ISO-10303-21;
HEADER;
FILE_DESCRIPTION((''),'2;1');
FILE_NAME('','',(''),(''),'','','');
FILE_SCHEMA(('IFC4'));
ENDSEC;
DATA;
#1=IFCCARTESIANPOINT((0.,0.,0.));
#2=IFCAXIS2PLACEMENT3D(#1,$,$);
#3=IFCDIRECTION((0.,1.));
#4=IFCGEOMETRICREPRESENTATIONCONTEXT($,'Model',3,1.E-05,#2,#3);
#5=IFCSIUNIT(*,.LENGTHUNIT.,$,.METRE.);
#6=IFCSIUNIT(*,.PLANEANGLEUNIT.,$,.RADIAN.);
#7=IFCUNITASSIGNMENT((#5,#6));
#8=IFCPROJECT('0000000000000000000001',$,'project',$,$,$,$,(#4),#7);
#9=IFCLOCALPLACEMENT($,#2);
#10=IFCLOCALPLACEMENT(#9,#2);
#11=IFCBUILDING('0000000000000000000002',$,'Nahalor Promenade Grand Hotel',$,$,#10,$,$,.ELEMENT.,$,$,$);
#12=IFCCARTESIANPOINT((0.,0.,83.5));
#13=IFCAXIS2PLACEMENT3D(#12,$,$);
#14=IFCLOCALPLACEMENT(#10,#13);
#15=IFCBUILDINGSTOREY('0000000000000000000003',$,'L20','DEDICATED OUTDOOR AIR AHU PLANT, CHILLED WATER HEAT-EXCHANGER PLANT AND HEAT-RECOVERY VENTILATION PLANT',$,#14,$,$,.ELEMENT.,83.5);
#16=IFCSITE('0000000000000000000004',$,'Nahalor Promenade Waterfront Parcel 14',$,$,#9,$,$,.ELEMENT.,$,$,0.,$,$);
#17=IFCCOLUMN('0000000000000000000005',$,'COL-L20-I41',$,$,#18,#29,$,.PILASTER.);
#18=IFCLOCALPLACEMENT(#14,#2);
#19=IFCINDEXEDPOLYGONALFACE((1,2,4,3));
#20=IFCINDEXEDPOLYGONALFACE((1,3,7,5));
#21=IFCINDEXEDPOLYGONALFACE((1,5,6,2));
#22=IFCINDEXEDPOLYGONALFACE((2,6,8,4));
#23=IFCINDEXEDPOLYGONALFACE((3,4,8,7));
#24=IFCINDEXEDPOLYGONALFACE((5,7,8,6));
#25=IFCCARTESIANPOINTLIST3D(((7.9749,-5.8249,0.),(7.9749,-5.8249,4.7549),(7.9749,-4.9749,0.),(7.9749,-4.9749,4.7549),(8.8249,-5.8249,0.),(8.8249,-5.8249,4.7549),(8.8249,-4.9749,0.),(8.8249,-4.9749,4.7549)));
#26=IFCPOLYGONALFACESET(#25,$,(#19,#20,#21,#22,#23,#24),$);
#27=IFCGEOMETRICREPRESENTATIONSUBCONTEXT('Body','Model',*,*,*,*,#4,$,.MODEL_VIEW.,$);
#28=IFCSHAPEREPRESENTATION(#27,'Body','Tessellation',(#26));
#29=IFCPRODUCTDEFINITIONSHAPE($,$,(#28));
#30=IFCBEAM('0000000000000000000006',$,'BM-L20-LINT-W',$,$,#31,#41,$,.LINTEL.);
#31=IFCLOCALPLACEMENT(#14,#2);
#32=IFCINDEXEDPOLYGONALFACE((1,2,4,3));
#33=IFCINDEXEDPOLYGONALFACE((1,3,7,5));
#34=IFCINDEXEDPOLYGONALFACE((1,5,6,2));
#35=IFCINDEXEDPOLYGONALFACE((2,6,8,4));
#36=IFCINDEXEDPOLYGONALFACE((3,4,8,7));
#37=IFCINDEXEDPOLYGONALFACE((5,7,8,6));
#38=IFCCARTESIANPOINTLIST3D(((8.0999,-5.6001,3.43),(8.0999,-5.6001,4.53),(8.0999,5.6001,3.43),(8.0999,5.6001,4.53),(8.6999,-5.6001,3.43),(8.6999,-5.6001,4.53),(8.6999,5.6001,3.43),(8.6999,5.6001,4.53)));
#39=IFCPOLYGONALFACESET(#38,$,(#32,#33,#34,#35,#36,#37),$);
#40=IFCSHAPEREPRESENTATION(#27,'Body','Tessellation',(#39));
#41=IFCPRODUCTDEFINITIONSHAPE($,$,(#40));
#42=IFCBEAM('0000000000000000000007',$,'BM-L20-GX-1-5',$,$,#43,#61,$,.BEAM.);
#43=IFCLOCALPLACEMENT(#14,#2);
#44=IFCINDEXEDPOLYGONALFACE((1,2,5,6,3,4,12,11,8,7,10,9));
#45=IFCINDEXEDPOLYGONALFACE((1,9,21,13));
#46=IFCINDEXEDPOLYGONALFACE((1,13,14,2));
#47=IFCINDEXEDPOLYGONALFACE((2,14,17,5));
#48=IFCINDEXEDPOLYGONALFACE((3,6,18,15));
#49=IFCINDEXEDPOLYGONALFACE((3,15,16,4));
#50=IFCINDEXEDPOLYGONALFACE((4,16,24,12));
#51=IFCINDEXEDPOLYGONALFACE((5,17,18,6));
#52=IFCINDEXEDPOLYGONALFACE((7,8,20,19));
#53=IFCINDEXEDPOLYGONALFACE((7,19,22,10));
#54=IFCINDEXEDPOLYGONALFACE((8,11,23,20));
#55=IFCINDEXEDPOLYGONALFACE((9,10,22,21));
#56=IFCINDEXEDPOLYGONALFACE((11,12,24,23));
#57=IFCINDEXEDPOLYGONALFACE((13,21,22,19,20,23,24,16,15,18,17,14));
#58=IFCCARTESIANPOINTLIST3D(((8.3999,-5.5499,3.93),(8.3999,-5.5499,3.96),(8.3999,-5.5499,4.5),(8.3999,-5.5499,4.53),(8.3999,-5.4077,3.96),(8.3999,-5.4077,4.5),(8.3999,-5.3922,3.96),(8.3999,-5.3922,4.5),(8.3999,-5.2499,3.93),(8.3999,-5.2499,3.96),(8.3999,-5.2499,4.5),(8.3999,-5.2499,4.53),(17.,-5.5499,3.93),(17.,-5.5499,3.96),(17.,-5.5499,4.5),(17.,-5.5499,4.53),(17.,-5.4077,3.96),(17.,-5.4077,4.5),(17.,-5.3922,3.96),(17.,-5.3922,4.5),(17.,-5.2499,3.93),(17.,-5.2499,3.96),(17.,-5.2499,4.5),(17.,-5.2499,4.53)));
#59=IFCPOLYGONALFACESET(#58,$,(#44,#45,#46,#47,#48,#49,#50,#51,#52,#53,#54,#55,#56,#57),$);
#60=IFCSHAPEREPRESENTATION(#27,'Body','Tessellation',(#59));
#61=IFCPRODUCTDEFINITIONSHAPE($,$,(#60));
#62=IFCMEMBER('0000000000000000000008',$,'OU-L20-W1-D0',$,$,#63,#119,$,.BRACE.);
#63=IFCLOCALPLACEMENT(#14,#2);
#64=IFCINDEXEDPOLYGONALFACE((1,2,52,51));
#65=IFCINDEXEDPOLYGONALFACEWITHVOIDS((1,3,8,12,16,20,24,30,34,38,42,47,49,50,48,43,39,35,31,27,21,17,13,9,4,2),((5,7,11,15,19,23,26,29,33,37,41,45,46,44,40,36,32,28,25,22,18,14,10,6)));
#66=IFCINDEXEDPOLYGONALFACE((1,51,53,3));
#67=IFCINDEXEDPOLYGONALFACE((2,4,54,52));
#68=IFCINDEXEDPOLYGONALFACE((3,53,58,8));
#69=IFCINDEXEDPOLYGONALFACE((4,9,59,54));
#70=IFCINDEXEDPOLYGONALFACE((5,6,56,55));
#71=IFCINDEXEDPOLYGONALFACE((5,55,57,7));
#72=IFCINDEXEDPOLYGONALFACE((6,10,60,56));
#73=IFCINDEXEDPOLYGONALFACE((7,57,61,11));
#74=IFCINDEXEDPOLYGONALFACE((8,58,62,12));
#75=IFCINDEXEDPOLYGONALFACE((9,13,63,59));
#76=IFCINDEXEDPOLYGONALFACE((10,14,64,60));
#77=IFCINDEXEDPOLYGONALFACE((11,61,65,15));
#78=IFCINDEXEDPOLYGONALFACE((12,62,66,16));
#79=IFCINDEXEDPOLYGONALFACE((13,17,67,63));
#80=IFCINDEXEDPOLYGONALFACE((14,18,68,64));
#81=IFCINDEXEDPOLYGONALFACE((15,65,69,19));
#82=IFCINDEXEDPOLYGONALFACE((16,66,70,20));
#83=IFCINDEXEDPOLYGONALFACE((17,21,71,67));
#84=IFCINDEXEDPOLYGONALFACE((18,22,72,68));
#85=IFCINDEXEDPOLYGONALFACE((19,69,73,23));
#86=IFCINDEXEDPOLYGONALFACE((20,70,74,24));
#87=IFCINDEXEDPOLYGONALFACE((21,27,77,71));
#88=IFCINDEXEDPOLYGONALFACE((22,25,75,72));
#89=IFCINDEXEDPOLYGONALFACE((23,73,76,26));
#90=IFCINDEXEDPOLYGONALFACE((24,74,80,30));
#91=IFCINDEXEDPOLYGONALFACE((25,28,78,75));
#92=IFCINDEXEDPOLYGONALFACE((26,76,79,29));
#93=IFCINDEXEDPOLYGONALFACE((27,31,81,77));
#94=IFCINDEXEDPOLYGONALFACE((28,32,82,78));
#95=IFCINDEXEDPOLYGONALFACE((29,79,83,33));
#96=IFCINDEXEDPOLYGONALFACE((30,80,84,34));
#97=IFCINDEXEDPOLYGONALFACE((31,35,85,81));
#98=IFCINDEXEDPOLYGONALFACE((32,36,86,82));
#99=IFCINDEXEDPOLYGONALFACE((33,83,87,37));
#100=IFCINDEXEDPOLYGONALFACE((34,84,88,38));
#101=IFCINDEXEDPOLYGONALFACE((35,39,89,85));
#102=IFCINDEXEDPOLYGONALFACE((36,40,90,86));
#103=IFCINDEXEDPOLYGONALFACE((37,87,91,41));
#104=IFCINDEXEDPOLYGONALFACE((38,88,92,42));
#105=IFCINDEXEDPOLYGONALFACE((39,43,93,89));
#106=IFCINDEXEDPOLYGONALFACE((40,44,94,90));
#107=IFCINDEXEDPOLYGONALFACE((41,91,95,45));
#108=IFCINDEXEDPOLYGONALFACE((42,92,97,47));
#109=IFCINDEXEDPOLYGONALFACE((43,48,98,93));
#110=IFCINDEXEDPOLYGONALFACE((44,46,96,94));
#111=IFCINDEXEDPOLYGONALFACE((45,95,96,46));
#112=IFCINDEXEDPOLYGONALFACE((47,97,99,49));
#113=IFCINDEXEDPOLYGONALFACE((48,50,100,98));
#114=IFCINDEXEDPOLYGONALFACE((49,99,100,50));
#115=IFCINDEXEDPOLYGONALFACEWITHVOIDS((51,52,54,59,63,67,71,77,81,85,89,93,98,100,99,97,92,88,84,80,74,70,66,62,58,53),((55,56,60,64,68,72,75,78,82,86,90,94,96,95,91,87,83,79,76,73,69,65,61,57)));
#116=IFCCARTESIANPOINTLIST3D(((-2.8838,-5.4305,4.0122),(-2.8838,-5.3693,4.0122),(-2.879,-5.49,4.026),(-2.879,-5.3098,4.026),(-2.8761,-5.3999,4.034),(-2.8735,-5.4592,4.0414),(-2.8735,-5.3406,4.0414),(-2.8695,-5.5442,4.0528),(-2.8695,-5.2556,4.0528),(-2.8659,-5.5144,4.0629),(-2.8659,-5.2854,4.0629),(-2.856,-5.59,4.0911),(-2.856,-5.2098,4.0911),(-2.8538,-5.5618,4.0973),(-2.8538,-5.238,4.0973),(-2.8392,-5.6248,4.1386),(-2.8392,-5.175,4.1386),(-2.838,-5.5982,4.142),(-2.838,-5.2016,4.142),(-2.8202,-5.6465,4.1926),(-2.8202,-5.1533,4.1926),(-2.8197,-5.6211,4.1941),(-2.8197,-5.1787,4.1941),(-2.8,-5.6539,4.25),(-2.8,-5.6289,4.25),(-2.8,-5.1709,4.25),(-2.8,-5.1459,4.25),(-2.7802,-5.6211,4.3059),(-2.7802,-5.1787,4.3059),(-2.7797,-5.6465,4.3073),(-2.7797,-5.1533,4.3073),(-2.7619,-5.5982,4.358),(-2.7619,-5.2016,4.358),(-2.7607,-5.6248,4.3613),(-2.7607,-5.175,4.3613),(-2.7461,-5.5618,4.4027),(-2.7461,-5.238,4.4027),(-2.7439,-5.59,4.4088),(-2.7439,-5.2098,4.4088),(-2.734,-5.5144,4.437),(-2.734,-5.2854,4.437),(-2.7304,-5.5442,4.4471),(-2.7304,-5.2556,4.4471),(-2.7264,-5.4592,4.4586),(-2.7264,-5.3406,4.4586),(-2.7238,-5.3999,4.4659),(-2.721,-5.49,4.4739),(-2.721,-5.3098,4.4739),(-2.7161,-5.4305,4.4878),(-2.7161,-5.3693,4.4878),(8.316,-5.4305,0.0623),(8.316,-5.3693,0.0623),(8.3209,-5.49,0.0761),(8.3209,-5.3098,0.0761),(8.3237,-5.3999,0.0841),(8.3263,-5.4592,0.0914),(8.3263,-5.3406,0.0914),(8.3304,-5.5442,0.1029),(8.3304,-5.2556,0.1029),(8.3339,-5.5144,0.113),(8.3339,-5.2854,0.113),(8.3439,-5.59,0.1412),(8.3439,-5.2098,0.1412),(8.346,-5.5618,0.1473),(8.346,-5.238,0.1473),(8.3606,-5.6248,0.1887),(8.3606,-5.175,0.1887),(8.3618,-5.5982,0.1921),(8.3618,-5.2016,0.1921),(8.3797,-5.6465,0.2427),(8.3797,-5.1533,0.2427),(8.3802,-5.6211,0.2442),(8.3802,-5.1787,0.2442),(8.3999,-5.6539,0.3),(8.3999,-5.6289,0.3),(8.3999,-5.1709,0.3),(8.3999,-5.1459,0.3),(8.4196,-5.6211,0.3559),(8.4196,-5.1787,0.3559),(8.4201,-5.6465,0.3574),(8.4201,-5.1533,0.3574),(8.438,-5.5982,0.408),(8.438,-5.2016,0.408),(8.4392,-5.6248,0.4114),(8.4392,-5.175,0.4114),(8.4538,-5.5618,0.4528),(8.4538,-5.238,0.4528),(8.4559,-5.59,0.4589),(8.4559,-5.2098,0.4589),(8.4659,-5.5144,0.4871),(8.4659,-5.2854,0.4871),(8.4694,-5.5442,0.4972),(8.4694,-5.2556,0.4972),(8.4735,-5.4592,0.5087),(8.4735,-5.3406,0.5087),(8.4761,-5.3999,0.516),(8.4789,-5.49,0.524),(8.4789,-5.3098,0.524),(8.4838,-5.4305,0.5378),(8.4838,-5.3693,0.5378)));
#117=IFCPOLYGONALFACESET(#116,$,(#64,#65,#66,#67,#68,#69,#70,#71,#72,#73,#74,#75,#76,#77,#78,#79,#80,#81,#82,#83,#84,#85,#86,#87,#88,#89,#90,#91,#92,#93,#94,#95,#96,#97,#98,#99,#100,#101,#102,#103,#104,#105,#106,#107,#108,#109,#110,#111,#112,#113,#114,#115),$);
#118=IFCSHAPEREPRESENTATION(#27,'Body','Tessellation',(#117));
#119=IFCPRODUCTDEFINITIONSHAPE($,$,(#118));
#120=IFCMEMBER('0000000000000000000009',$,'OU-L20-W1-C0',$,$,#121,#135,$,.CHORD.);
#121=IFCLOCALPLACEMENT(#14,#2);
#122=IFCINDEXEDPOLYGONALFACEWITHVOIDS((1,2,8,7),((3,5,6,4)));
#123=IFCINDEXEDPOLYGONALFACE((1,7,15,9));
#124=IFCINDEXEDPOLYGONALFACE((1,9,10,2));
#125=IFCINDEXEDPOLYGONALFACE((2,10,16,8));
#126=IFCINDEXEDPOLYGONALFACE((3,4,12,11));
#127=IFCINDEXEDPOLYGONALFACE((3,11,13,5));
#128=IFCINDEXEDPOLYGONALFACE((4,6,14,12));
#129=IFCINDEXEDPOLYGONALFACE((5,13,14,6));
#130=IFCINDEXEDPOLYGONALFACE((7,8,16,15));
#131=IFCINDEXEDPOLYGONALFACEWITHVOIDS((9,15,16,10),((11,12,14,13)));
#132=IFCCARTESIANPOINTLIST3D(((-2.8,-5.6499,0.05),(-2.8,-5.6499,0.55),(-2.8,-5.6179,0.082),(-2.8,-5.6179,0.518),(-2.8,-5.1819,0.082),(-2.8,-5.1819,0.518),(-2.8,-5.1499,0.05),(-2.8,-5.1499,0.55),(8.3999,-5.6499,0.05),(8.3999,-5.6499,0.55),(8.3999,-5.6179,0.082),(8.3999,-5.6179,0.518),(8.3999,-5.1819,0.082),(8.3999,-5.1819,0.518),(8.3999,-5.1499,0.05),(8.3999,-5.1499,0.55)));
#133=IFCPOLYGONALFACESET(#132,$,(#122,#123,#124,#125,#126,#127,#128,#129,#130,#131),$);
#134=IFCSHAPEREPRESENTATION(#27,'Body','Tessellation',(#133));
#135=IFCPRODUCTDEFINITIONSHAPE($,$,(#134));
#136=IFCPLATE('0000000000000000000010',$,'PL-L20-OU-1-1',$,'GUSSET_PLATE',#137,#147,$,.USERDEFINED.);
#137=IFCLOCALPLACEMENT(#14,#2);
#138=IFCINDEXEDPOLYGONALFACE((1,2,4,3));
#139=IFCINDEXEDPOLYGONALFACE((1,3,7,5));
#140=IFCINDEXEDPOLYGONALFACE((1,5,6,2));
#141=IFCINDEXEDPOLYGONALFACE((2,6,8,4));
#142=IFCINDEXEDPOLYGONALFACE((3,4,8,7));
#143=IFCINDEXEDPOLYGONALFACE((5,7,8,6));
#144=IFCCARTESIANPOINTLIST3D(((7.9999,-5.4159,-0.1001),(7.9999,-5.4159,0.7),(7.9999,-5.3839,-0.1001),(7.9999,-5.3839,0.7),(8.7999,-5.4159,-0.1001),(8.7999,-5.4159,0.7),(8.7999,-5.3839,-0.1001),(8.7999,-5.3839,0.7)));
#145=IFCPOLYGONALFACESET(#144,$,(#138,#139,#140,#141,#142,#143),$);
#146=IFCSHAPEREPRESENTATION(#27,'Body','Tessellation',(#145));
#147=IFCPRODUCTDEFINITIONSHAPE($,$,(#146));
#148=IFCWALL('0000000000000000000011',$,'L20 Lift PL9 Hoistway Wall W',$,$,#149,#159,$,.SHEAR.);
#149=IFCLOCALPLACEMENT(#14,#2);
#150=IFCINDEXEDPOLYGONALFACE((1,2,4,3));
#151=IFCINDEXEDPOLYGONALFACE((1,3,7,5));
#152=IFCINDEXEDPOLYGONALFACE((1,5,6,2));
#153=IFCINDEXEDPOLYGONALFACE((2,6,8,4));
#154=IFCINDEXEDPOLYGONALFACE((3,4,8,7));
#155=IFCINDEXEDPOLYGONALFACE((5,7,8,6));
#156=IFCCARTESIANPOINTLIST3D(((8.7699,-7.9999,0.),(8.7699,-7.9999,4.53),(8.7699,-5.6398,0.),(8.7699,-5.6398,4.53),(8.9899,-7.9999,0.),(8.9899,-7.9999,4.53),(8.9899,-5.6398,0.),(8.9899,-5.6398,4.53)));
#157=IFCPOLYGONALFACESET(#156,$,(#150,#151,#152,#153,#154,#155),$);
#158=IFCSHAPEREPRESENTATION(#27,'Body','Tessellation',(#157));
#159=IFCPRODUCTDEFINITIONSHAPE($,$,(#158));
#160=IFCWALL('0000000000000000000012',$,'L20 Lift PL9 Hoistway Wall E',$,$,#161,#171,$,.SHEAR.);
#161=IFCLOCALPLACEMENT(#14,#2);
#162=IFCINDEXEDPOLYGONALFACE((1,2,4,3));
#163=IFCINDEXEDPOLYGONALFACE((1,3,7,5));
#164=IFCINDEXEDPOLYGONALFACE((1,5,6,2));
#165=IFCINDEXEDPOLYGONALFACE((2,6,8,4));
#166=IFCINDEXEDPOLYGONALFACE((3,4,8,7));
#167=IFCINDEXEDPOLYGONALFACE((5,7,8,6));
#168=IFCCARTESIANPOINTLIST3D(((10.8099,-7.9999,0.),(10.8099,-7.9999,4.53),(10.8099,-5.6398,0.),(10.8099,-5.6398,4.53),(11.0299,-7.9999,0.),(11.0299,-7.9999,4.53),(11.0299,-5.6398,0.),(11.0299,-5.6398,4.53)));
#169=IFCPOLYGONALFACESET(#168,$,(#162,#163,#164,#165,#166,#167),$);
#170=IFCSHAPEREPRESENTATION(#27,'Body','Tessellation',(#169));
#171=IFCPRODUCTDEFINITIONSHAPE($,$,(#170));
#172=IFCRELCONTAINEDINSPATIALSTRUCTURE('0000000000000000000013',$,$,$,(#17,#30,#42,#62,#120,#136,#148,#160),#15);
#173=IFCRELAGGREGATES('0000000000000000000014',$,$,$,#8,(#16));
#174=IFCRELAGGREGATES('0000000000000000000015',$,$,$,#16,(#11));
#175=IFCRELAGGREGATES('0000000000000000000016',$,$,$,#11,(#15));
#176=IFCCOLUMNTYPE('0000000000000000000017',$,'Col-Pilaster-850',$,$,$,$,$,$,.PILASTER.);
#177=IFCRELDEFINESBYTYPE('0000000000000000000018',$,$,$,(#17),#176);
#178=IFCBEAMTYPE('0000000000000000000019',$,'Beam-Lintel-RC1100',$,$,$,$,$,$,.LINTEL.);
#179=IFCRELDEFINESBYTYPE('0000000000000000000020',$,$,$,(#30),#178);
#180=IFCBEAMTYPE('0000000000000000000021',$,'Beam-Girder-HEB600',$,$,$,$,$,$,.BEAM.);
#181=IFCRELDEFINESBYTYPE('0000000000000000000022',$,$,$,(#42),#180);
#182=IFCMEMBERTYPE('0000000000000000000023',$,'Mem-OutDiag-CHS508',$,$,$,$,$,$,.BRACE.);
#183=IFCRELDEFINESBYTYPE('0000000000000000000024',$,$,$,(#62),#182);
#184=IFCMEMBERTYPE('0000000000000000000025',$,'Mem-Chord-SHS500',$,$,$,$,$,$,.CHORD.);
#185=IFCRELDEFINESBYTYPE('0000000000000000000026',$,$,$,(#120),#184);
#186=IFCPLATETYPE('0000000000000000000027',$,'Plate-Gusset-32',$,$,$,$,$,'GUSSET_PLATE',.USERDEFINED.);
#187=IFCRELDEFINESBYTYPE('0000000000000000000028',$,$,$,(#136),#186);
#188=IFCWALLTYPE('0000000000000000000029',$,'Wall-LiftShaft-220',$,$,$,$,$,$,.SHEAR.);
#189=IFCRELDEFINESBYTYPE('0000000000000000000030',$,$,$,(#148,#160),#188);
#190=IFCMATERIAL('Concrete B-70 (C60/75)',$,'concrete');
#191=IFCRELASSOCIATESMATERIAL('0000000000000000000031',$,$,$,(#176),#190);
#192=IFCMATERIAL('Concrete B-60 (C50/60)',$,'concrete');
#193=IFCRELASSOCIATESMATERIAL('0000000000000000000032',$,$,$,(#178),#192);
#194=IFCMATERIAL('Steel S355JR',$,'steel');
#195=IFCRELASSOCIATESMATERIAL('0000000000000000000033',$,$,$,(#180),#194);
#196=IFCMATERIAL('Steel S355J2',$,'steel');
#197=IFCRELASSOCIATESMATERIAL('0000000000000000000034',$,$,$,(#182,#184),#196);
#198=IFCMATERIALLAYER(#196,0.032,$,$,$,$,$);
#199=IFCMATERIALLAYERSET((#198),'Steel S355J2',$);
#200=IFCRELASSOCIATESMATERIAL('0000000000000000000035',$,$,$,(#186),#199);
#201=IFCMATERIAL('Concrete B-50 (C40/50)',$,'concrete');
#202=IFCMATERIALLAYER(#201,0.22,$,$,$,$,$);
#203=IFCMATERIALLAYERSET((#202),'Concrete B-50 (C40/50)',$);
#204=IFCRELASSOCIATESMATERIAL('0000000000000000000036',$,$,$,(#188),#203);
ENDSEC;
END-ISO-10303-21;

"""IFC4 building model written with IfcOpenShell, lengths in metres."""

from ifc_helpers import new_model, si_unit, direction, frame, frame_2d, origin, origin_2d, place, context, subcontext, project, spatial, rectangle, hollow_rectangle, hollow_circle, i_section, extrude, source, transform, mapped, material, layer, layer_set, material_profile, profile_set, type_object, element, save


model = new_model("IFC4")

# Units and contexts
model_context = context("Model", 3, precision=1e-05, world=origin(), true_north=direction((0.0, 1.0)))
body_context = subcontext(model_context, "Body", "Model", "MODEL_VIEW")
ifc_project = project(units=[si_unit("LENGTHUNIT", "METRE"), si_unit("PLANEANGLEUNIT", "RADIAN")], contexts=[model_context])

# Site, building, storey
site_placement = place(None, origin())
site = spatial("IfcSite", under=ifc_project, at=site_placement, Name="Nahalor Promenade Waterfront Parcel 14", CompositionType="ELEMENT", RefElevation=0.0)
building_placement = place(site_placement, origin())
building = spatial("IfcBuilding", under=site, at=building_placement, Name="Nahalor Promenade Grand Hotel", CompositionType="ELEMENT")
storey_placement = place(building_placement, frame((0.0, 0.0, 83.5)))
storey = spatial("IfcBuildingStorey", under=building, at=storey_placement, Name="L20", Description="DEDICATED OUTDOOR AIR AHU PLANT, CHILLED WATER HEAT-EXCHANGER PLANT AND HEAT-RECOVERY VENTILATION PLANT", CompositionType="ELEMENT", Elevation=83.5)

# Column
ifc_material_1 = material(Name="Concrete B-70 (C60/75)", Category="concrete")
ifc_material_profile_1 = material_profile(ifc_material_1, rectangle(XDim=0.85, YDim=0.85, at=origin_2d()), Name="RC 850x850")
ifc_profile_set_1 = profile_set([ifc_material_profile_1], Name="Concrete B-70 (C60/75)")
column_type = type_object("IfcColumnType", Name="Col-Pilaster-850", PredefinedType="PILASTER", material=ifc_profile_set_1)
shared_shape_1 = source(origin(), body_context, "Body", "SweptSolid", [
    extrude(rectangle(XDim=0.85, YDim=0.85, at=origin_2d()), origin(), (0.0, 0.0, 1.0), 4.7549),
])
column_placement = place(storey_placement, frame((8.3999, -5.3999, 0.0), z_axis=(0.0, 0.0, 1.0), x_axis=(1.0, 0.0, 0.0)))
element("IfcColumn", 1, at=column_placement, inside=storey, type_object=column_type, Name="COL-L20-I41", PredefinedType="PILASTER", context=body_context, shape_type="MappedRepresentation", body=[
    mapped(shared_shape_1, transform((0.0, 0.0, 0.0), scale=1.0)),
])

# Beams
ifc_material_2 = material(Name="Concrete B-60 (C50/60)", Category="concrete")
ifc_material_profile_2 = material_profile(ifc_material_2, rectangle(XDim=0.6, YDim=1.1, at=origin_2d()), Name="RC 600x1100")
ifc_profile_set_2 = profile_set([ifc_material_profile_2], Name="Concrete B-60 (C50/60)")
beam_type_1 = type_object("IfcBeamType", Name="Beam-Lintel-RC1100", PredefinedType="LINTEL", material=ifc_profile_set_2)
shared_shape_2 = source(origin(), body_context, "Body", "SweptSolid", [
    extrude(rectangle(XDim=0.6, YDim=1.1, at=origin_2d()), origin(), (0.0, 0.0, 1.0), 11.2002),
])
beam_1_placement = place(storey_placement, frame((8.3999, -5.6001, 3.98), z_axis=(0.0, 1.0, 0.0), x_axis=(-1.0, 0.0, 0.0)))
element("IfcBeam", 2, at=beam_1_placement, inside=storey, type_object=beam_type_1, Name="BM-L20-LINT-W", PredefinedType="LINTEL", context=body_context, shape_type="MappedRepresentation", body=[
    mapped(shared_shape_2, transform((0.0, 0.0, 0.0), scale=1.0)),
])
ifc_material_3 = material(Name="Steel S355JR", Category="steel")
ifc_material_profile_3 = material_profile(ifc_material_3, i_section(OverallWidth=0.3, OverallDepth=0.6, WebThickness=0.0155, FlangeThickness=0.03, at=origin_2d()), Name="HEB 600")
ifc_profile_set_3 = profile_set([ifc_material_profile_3], Name="Steel S355JR")
beam_type_2 = type_object("IfcBeamType", Name="Beam-Girder-HEB600", PredefinedType="BEAM", material=ifc_profile_set_3)
shared_shape_3 = source(origin(), body_context, "Body", "SweptSolid", [
    extrude(i_section(OverallWidth=0.3, OverallDepth=0.6, WebThickness=0.0155, FlangeThickness=0.03, at=origin_2d()), origin(), (0.0, 0.0, 1.0), 8.6001),
])
beam_2_placement = place(storey_placement, frame((8.3999, -5.3999, 4.23), z_axis=(1.0, 0.0, 0.0), x_axis=(0.0, 1.0, 0.0)))
element("IfcBeam", 3, at=beam_2_placement, inside=storey, type_object=beam_type_2, Name="BM-L20-GX-1-5", PredefinedType="BEAM", context=body_context, shape_type="MappedRepresentation", body=[
    mapped(shared_shape_3, transform((0.0, 0.0, 0.0), scale=1.0)),
])

# Members
ifc_material_4 = material(Name="Steel S355J2", Category="steel")
ifc_material_profile_4 = material_profile(ifc_material_4, hollow_circle(Radius=0.254, WallThickness=0.025, at=origin_2d()), Name="CHS 508x25")
ifc_profile_set_4 = profile_set([ifc_material_profile_4], Name="Steel S355J2")
member_type_1 = type_object("IfcMemberType", Name="Mem-OutDiag-CHS508", PredefinedType="BRACE", material=ifc_profile_set_4)
shared_shape_4 = source(origin(), body_context, "Body", "SweptSolid", [
    extrude(hollow_circle(Radius=0.254, WallThickness=0.025, at=origin_2d()), origin(), (0.0, 0.0, 1.0), 11.876),
])
member_1_placement = place(storey_placement, frame((8.3999, -5.3999, 0.3), z_axis=(-0.943069, 0.0, 0.332598), x_axis=(0.0, -1.0, 0.0)))
element("IfcMember", 4, at=member_1_placement, inside=storey, type_object=member_type_1, Name="OU-L20-W1-D0", PredefinedType="BRACE", context=body_context, shape_type="MappedRepresentation", body=[
    mapped(shared_shape_4, transform((0.0, 0.0, 0.0), scale=1.0)),
])
ifc_material_profile_5 = material_profile(ifc_material_4, hollow_rectangle(XDim=0.5, YDim=0.5, WallThickness=0.032, at=origin_2d()), Name="SHS 500x500x32")
ifc_profile_set_5 = profile_set([ifc_material_profile_5], Name="Steel S355J2")
member_type_2 = type_object("IfcMemberType", Name="Mem-Chord-SHS500", PredefinedType="CHORD", material=ifc_profile_set_5)
shared_shape_5 = source(origin(), body_context, "Body", "SweptSolid", [
    extrude(hollow_rectangle(XDim=0.5, YDim=0.5, WallThickness=0.032, at=origin_2d()), origin(), (0.0, 0.0, 1.0), 11.2),
])
member_2_placement = place(storey_placement, frame((8.3999, -5.3999, 0.3), z_axis=(-1.0, 0.0, 0.0), x_axis=(0.0, -1.0, 0.0)))
element("IfcMember", 5, at=member_2_placement, inside=storey, type_object=member_type_2, Name="OU-L20-W1-C0", PredefinedType="CHORD", context=body_context, shape_type="MappedRepresentation", body=[
    mapped(shared_shape_5, transform((0.0, 0.0, 0.0), scale=1.0)),
])

# Plate
ifc_layer_1 = layer(ifc_material_4, 0.032)
ifc_layer_set_1 = layer_set([ifc_layer_1], Name="Steel S355J2")
plate_type = type_object("IfcPlateType", Name="Plate-Gusset-32", ElementType="GUSSET_PLATE", PredefinedType="USERDEFINED", material=ifc_layer_set_1)
shared_shape_6 = source(origin(), body_context, "Body", "SweptSolid", [
    extrude(rectangle(XDim=0.8, YDim=0.032, at=origin_2d()), origin(), (0.0, 0.0, 1.0), 0.8),
])
plate_placement = place(storey_placement, frame((8.3999, -5.3999, -0.1001), z_axis=(0.0, 0.0, 1.0), x_axis=(1.0, 0.0, 0.0)))
element("IfcPlate", 6, at=plate_placement, inside=storey, type_object=plate_type, Name="PL-L20-OU-1-1", ObjectType="GUSSET_PLATE", PredefinedType="USERDEFINED", context=body_context, shape_type="MappedRepresentation", body=[
    mapped(shared_shape_6, transform((0.0, 0.0, 0.0), scale=1.0)),
])

# Walls
ifc_material_5 = material(Name="Concrete B-50 (C40/50)", Category="concrete")
ifc_layer_2 = layer(ifc_material_5, 0.22)
ifc_layer_set_2 = layer_set([ifc_layer_2], Name="Concrete B-50 (C40/50)")
wall_type_1 = type_object("IfcWallType", Name="Wall-LiftShaft-220", PredefinedType="SHEAR", material=ifc_layer_set_2)
shared_shape_7 = source(origin(), body_context, "Body", "SweptSolid", [
    extrude(rectangle(XDim=2.3601, YDim=0.22, at=frame_2d((1.1802, 0.0))), origin(), (0.0, 0.0, 1.0), 4.53),
])
for number, where, z_axis, x_axis, name in (
    (7, (8.8799, -8.0, 0.0), (0.0, 0.0, 1.0), (0.0, 1.0, 0.0), "L20 Lift PL9 Hoistway Wall W"),
    (8, (10.9199, -8.0, 0.0), (0.0, 0.0, 1.0), (0.0, 1.0, 0.0), "L20 Lift PL9 Hoistway Wall E"),
):
    element("IfcWall", number, at=place(storey_placement, frame(where, z_axis=z_axis, x_axis=x_axis)), inside=storey, type_object=wall_type_1, Name=name, PredefinedType="SHEAR", context=body_context, shape_type="MappedRepresentation", body=[
        mapped(shared_shape_7, transform((0.0, 0.0, 0.0), scale=1.0)),
    ])

save(model, "model.ifc")
